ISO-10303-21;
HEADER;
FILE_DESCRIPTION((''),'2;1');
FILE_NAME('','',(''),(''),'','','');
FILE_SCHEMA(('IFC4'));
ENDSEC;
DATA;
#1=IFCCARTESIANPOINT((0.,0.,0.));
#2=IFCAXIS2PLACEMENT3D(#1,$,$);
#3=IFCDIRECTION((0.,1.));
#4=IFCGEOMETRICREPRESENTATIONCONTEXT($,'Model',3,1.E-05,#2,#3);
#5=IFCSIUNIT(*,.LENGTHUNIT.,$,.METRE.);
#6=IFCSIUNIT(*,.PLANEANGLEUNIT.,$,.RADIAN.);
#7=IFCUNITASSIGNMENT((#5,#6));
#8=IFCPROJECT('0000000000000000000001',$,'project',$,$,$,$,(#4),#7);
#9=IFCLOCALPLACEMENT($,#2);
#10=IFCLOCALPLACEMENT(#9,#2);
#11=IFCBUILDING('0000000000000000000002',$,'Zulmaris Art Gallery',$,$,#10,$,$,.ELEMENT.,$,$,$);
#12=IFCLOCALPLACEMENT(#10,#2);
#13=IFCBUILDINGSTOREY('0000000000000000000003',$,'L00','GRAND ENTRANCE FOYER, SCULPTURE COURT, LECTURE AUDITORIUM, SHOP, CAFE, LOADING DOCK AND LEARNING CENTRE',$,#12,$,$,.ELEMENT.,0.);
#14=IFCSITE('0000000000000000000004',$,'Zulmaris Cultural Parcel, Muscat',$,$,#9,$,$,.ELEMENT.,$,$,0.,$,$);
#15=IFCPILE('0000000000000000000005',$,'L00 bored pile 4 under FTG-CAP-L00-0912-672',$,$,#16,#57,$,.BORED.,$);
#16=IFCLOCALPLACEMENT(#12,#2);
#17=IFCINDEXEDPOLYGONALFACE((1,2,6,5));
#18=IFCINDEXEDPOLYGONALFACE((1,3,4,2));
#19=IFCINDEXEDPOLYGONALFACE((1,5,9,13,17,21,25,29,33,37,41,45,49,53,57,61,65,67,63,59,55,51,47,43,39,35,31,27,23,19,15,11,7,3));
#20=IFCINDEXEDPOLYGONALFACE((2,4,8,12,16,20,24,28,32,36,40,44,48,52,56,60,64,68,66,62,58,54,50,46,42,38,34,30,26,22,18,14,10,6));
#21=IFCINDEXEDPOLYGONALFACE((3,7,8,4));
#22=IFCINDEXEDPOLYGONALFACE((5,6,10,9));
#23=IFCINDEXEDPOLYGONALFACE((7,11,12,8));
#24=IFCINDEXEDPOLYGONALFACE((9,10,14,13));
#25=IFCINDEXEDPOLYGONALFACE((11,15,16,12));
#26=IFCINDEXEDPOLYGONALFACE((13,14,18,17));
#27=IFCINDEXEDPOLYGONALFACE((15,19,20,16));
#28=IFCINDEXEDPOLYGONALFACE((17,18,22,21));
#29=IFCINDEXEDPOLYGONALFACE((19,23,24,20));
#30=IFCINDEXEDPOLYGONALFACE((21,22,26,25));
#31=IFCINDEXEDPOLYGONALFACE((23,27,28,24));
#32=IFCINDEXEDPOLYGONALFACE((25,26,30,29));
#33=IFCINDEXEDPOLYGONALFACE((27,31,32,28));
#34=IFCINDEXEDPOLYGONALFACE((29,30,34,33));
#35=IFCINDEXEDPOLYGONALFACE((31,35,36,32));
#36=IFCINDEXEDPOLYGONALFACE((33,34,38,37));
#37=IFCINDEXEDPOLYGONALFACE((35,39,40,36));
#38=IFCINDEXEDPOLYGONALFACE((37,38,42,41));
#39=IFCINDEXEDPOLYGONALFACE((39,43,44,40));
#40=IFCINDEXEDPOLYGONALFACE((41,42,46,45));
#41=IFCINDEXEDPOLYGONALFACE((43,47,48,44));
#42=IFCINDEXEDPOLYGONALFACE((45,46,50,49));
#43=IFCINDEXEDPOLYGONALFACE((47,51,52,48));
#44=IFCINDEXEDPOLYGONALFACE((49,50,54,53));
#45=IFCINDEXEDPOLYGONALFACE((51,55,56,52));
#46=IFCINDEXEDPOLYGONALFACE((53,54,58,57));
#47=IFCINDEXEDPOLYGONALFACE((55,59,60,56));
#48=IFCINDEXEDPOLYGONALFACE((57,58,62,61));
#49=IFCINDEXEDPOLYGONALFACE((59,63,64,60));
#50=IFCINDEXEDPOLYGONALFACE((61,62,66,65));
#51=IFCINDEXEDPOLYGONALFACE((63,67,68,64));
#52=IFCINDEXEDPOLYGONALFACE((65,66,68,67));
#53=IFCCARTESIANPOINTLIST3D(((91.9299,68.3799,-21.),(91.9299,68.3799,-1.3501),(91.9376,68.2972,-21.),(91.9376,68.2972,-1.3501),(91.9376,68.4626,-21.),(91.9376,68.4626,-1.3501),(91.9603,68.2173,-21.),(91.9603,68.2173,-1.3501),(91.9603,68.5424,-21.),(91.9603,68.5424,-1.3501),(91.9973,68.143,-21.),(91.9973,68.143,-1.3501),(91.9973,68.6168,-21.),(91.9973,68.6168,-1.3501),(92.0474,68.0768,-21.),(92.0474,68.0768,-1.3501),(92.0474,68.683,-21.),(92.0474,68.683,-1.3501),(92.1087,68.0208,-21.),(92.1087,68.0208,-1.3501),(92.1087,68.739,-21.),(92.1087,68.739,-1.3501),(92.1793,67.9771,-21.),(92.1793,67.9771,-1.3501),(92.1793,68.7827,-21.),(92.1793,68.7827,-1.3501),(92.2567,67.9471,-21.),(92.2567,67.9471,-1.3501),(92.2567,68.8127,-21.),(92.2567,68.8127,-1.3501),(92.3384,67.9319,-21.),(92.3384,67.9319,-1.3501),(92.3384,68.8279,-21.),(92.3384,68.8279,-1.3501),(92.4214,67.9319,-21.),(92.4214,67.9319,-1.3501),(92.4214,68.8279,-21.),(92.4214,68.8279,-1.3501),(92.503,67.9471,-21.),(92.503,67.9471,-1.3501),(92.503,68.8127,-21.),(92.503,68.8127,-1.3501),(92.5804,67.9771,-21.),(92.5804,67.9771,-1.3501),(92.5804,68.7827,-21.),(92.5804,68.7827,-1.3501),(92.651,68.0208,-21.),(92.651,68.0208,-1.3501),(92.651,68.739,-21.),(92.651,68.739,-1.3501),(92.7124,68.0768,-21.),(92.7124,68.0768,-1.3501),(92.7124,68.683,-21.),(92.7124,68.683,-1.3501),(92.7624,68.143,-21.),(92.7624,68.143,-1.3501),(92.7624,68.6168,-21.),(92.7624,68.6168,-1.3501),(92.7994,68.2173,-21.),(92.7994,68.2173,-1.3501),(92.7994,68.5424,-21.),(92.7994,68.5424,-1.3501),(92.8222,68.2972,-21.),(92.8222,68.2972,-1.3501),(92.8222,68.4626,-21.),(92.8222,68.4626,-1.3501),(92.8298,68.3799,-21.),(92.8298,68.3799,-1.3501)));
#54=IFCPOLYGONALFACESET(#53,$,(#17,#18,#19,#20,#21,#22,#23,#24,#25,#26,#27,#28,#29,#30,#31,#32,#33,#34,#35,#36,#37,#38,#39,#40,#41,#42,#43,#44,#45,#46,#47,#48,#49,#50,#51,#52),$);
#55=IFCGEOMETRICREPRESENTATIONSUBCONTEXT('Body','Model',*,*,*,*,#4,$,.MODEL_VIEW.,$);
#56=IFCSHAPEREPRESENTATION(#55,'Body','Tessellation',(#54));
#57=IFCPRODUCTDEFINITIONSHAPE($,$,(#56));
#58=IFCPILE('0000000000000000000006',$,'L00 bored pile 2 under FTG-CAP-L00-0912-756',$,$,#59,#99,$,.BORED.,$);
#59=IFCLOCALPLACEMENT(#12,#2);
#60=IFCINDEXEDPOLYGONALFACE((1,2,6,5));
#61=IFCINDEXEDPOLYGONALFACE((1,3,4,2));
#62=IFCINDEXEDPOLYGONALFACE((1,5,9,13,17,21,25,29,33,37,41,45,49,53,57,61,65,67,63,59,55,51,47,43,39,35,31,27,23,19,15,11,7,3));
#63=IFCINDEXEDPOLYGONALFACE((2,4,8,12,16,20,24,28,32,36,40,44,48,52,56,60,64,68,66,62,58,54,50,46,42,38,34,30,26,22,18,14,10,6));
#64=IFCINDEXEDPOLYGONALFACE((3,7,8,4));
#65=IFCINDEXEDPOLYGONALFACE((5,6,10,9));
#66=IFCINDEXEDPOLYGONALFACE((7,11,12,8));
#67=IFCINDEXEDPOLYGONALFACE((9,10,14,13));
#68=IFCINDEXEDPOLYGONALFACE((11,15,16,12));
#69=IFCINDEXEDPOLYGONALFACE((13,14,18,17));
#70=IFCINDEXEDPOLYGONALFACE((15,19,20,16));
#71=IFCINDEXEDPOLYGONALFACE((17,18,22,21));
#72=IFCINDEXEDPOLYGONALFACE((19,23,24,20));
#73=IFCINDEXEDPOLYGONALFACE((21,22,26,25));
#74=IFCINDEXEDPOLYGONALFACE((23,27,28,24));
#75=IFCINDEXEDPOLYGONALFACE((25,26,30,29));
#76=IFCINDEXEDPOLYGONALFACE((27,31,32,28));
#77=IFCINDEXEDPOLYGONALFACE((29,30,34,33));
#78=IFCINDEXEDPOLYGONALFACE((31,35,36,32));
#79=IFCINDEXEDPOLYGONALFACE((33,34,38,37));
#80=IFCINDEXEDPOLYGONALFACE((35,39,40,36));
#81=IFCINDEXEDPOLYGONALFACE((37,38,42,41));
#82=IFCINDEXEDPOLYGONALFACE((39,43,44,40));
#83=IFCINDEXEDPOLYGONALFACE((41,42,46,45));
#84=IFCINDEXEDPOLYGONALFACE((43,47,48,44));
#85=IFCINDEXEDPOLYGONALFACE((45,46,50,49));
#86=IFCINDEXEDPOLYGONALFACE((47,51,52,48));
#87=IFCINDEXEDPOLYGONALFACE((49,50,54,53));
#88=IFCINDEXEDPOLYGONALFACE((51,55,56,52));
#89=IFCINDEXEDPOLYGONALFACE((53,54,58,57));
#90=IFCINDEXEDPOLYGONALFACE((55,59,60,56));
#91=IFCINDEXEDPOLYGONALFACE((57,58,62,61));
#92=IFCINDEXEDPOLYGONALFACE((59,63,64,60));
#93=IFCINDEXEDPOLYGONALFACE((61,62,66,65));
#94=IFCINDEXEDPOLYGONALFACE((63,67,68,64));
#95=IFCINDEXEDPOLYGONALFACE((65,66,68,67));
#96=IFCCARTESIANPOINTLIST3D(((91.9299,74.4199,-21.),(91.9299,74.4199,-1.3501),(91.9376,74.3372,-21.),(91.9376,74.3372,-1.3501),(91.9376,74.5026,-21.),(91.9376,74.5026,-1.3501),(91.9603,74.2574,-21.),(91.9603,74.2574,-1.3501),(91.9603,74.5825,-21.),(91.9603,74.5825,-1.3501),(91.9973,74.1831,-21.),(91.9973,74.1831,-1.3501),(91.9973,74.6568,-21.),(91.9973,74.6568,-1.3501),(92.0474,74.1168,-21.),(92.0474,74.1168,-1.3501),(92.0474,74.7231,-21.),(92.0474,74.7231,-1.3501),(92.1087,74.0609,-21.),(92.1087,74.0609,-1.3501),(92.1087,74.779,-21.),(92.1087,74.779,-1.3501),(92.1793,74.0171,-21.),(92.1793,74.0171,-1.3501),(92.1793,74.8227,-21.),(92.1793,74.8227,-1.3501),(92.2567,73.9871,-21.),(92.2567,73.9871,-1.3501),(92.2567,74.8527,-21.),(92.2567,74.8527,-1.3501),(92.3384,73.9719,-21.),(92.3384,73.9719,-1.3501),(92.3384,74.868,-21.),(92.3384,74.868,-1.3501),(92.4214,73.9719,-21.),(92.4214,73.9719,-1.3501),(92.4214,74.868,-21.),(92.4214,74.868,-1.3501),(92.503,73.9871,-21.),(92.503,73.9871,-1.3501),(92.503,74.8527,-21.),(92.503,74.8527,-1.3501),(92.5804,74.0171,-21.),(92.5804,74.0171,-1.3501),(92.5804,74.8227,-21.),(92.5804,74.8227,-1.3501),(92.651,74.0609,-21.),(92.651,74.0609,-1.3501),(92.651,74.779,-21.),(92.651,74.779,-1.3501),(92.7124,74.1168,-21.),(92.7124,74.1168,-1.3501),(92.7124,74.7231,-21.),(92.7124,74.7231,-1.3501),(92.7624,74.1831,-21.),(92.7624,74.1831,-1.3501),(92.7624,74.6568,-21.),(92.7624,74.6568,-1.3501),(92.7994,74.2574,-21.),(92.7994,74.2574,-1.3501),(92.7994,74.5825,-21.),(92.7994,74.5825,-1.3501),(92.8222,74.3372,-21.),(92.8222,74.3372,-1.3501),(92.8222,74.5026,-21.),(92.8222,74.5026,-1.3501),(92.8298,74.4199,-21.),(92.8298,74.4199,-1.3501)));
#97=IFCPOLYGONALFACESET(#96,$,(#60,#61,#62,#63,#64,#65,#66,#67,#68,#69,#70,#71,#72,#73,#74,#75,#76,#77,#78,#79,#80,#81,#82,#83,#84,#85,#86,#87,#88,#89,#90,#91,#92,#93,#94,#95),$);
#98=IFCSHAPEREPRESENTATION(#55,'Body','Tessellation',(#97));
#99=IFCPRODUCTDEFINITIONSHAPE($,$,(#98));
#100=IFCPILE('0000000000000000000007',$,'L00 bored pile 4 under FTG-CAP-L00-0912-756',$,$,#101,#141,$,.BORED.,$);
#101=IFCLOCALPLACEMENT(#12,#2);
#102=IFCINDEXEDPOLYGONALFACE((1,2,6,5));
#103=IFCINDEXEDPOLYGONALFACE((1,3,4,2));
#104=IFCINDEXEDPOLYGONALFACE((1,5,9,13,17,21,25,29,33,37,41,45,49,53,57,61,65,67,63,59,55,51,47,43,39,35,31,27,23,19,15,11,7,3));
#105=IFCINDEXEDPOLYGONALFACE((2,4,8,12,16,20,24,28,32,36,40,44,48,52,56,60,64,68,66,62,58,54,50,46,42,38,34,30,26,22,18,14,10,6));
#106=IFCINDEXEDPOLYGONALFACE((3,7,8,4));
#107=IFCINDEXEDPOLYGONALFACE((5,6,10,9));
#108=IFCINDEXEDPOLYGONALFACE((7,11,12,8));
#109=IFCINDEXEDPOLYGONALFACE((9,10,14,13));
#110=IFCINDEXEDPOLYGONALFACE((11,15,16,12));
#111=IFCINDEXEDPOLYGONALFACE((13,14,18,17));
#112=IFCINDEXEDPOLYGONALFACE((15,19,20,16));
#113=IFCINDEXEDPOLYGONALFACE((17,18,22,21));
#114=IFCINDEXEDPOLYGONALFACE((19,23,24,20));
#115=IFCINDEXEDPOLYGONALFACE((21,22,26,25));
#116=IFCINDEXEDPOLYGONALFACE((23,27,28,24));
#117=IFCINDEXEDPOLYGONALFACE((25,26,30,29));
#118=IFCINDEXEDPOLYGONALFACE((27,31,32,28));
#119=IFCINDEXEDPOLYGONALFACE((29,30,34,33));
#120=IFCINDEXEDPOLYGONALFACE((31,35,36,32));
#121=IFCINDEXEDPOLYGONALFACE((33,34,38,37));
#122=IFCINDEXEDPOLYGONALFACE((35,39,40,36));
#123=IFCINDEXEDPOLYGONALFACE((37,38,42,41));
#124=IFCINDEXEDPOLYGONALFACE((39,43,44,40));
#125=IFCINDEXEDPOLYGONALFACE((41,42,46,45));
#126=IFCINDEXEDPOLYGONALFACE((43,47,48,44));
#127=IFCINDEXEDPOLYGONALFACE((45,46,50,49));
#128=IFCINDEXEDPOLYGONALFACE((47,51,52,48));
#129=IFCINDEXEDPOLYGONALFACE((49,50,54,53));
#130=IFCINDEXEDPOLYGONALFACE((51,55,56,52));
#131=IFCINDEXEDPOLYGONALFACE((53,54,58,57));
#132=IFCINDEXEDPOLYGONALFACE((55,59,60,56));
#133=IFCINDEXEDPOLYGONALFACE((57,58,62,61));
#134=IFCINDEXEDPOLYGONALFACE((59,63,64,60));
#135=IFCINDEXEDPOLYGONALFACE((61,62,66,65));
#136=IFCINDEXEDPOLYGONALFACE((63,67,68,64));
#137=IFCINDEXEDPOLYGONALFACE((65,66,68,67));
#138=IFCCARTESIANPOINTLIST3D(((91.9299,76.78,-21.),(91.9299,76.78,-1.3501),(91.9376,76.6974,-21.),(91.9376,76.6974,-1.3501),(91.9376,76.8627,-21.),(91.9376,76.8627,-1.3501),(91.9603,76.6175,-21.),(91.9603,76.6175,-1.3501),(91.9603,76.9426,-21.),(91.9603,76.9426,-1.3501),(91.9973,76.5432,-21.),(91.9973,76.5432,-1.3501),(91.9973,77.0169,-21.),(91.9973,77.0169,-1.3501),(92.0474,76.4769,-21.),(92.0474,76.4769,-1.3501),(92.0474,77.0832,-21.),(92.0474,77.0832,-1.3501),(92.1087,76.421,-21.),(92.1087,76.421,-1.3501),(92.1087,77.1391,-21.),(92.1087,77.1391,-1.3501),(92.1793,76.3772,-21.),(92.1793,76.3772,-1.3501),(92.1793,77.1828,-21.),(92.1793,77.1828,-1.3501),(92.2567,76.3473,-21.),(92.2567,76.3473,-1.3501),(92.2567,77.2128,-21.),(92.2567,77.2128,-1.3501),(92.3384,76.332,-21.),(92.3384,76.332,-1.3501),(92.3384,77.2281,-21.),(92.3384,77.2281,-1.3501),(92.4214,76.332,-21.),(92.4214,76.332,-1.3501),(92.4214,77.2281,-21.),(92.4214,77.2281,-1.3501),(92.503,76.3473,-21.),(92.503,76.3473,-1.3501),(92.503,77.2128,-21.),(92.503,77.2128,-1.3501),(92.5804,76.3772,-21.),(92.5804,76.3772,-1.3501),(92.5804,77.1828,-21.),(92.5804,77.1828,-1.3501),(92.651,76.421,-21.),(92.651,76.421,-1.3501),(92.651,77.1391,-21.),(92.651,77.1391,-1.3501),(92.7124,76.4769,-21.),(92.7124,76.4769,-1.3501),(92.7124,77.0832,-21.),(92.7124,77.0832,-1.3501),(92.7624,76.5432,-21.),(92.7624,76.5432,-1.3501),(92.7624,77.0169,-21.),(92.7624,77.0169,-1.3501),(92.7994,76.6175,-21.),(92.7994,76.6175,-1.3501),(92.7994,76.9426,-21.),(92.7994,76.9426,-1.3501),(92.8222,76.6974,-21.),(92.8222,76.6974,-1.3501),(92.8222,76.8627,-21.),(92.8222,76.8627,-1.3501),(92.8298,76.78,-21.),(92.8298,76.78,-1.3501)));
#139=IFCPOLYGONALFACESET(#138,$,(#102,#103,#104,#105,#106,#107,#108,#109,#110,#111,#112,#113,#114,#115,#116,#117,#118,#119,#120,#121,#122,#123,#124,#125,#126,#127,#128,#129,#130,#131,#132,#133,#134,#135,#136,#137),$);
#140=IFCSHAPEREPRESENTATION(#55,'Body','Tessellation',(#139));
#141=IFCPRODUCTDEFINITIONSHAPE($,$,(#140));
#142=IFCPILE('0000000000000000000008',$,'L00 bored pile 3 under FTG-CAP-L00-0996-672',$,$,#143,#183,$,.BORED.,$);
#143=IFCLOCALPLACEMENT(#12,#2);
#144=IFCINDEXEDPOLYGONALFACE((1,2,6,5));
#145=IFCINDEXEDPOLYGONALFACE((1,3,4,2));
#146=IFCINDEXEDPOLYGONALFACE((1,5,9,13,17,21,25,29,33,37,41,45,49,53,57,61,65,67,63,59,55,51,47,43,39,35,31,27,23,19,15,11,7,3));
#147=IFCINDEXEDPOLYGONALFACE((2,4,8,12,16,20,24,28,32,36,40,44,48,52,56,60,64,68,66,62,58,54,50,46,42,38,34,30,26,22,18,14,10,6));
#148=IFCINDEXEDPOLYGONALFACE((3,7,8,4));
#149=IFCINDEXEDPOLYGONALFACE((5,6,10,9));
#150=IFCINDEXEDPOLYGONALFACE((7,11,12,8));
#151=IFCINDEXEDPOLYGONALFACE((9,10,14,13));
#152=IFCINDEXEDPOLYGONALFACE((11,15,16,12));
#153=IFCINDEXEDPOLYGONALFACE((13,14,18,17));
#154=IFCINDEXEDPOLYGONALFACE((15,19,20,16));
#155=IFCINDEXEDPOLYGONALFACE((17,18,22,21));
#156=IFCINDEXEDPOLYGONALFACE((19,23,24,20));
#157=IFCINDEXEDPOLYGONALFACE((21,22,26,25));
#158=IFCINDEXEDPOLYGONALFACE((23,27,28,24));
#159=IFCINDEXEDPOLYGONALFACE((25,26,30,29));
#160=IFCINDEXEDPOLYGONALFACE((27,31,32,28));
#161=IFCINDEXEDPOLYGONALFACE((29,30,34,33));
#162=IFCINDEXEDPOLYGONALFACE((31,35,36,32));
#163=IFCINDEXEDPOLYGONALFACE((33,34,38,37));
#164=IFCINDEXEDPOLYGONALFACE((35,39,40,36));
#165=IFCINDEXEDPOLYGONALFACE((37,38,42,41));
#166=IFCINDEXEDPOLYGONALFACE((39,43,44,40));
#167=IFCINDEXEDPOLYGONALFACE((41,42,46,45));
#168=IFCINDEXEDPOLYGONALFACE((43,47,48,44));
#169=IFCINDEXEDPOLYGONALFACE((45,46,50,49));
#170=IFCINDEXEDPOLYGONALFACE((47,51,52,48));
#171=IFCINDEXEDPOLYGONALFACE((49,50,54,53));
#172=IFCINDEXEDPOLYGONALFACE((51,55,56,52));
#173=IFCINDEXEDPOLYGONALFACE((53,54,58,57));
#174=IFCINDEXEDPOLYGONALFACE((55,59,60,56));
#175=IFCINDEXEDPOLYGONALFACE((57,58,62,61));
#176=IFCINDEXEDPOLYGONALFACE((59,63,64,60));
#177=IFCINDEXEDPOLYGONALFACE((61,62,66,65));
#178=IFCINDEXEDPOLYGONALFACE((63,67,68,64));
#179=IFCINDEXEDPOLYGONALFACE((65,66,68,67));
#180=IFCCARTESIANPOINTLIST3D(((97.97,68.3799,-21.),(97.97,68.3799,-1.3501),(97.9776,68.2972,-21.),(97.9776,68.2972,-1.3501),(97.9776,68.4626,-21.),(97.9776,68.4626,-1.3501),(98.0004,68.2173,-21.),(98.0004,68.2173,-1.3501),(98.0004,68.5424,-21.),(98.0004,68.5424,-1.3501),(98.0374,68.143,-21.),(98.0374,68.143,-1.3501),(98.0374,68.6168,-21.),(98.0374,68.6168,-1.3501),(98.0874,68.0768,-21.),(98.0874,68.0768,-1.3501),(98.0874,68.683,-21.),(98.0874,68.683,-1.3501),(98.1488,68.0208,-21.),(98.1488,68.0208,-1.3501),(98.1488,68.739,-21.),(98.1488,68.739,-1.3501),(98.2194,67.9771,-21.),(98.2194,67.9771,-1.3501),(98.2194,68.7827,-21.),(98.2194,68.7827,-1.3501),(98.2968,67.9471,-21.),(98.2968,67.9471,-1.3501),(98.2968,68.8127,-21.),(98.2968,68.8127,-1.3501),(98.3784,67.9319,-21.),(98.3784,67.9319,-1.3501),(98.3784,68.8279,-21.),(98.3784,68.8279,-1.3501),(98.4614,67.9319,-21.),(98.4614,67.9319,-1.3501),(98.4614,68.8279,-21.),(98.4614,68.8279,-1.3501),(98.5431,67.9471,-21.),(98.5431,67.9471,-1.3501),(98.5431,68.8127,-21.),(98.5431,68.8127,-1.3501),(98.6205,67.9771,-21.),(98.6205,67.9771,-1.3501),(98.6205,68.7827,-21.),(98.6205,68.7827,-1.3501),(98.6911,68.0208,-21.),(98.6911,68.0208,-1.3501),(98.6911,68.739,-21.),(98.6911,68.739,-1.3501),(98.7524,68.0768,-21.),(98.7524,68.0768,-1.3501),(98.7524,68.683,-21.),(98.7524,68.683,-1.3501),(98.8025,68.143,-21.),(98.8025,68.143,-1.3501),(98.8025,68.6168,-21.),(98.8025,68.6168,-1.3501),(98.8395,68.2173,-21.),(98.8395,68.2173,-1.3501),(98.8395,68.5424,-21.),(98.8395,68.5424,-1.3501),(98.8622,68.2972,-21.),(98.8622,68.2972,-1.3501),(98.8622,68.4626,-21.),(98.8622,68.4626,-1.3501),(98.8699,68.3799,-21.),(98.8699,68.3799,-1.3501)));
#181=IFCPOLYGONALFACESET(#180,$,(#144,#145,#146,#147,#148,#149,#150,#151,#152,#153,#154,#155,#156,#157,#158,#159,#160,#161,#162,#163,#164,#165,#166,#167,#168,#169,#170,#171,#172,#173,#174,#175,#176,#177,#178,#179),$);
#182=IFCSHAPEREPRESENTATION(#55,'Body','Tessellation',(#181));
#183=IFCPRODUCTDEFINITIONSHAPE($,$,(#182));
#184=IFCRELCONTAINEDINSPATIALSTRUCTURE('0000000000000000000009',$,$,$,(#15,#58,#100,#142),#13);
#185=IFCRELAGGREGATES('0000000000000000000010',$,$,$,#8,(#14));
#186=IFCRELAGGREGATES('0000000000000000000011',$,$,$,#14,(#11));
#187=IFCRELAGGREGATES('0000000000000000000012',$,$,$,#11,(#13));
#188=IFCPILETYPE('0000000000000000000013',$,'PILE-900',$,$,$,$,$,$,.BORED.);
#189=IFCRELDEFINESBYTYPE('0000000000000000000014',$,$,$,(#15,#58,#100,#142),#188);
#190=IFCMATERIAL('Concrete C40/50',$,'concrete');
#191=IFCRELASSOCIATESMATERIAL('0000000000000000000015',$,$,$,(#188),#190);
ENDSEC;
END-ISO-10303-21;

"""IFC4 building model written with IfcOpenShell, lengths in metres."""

from ifc_helpers import new_model, si_unit, direction, frame, origin, origin_2d, place, context, subcontext, project, spatial, circle, extrude, material, material_profile, profile_set, type_object, element, save


model = new_model("IFC4")

# Units and contexts
model_context = context("Model", 3, precision=1e-05, world=origin(), true_north=direction((0.0, 1.0)))
body_context = subcontext(model_context, "Body", "Model", "MODEL_VIEW")
ifc_project = project(units=[si_unit("LENGTHUNIT", "METRE"), si_unit("PLANEANGLEUNIT", "RADIAN")], contexts=[model_context])

# Site, building, storey
site_placement = place(None, origin())
site = spatial("IfcSite", under=ifc_project, at=site_placement, Name="Zulmaris Cultural Parcel, Muscat", CompositionType="ELEMENT", RefElevation=0.0)
building_placement = place(site_placement, origin())
building = spatial("IfcBuilding", under=site, at=building_placement, Name="Zulmaris Art Gallery", CompositionType="ELEMENT")
storey_placement = place(building_placement, origin())
storey = spatial("IfcBuildingStorey", under=building, at=storey_placement, Name="L00", Description="GRAND ENTRANCE FOYER, SCULPTURE COURT, LECTURE AUDITORIUM, SHOP, CAFE, LOADING DOCK AND LEARNING CENTRE", CompositionType="ELEMENT", Elevation=0.0)

# Piles
ifc_material_1 = material(Name="Concrete C40/50", Category="concrete")
ifc_material_profile_1 = material_profile(ifc_material_1, circle(Radius=0.45, at=origin_2d()), Name="PILE DIA 900")
ifc_profile_set_1 = profile_set([ifc_material_profile_1], Name="Concrete C40/50")
pile_type = type_object("IfcPileType", Name="PILE-900", PredefinedType="BORED", material=ifc_profile_set_1)
for number, where, z_axis, x_axis, name in (
    (1, (92.3799, 68.3799, -1.3501), (0.0, 0.0, -1.0), (1.0, 0.0, 0.0), "L00 bored pile 4 under FTG-CAP-L00-0912-672"),
    (2, (92.3799, 74.4199, -1.3501), (0.0, 0.0, -1.0), (1.0, 0.0, 0.0), "L00 bored pile 2 under FTG-CAP-L00-0912-756"),
    (3, (92.3799, 76.78, -1.3501), (0.0, 0.0, -1.0), (1.0, 0.0, 0.0), "L00 bored pile 4 under FTG-CAP-L00-0912-756"),
    (4, (98.4199, 68.3799, -1.3501), (0.0, 0.0, -1.0), (1.0, 0.0, 0.0), "L00 bored pile 3 under FTG-CAP-L00-0996-672"),
):
    element("IfcPile", number, at=place(storey_placement, frame(where, z_axis=z_axis, x_axis=x_axis)), inside=storey, type_object=pile_type, Name=name, PredefinedType="BORED", context=body_context, shape_type="SweptSolid", body=[
        extrude(circle(Radius=0.45, at=origin_2d()), origin(), (0.0, 0.0, 1.0), 19.6499),
    ])

save(model, "model.ifc")
